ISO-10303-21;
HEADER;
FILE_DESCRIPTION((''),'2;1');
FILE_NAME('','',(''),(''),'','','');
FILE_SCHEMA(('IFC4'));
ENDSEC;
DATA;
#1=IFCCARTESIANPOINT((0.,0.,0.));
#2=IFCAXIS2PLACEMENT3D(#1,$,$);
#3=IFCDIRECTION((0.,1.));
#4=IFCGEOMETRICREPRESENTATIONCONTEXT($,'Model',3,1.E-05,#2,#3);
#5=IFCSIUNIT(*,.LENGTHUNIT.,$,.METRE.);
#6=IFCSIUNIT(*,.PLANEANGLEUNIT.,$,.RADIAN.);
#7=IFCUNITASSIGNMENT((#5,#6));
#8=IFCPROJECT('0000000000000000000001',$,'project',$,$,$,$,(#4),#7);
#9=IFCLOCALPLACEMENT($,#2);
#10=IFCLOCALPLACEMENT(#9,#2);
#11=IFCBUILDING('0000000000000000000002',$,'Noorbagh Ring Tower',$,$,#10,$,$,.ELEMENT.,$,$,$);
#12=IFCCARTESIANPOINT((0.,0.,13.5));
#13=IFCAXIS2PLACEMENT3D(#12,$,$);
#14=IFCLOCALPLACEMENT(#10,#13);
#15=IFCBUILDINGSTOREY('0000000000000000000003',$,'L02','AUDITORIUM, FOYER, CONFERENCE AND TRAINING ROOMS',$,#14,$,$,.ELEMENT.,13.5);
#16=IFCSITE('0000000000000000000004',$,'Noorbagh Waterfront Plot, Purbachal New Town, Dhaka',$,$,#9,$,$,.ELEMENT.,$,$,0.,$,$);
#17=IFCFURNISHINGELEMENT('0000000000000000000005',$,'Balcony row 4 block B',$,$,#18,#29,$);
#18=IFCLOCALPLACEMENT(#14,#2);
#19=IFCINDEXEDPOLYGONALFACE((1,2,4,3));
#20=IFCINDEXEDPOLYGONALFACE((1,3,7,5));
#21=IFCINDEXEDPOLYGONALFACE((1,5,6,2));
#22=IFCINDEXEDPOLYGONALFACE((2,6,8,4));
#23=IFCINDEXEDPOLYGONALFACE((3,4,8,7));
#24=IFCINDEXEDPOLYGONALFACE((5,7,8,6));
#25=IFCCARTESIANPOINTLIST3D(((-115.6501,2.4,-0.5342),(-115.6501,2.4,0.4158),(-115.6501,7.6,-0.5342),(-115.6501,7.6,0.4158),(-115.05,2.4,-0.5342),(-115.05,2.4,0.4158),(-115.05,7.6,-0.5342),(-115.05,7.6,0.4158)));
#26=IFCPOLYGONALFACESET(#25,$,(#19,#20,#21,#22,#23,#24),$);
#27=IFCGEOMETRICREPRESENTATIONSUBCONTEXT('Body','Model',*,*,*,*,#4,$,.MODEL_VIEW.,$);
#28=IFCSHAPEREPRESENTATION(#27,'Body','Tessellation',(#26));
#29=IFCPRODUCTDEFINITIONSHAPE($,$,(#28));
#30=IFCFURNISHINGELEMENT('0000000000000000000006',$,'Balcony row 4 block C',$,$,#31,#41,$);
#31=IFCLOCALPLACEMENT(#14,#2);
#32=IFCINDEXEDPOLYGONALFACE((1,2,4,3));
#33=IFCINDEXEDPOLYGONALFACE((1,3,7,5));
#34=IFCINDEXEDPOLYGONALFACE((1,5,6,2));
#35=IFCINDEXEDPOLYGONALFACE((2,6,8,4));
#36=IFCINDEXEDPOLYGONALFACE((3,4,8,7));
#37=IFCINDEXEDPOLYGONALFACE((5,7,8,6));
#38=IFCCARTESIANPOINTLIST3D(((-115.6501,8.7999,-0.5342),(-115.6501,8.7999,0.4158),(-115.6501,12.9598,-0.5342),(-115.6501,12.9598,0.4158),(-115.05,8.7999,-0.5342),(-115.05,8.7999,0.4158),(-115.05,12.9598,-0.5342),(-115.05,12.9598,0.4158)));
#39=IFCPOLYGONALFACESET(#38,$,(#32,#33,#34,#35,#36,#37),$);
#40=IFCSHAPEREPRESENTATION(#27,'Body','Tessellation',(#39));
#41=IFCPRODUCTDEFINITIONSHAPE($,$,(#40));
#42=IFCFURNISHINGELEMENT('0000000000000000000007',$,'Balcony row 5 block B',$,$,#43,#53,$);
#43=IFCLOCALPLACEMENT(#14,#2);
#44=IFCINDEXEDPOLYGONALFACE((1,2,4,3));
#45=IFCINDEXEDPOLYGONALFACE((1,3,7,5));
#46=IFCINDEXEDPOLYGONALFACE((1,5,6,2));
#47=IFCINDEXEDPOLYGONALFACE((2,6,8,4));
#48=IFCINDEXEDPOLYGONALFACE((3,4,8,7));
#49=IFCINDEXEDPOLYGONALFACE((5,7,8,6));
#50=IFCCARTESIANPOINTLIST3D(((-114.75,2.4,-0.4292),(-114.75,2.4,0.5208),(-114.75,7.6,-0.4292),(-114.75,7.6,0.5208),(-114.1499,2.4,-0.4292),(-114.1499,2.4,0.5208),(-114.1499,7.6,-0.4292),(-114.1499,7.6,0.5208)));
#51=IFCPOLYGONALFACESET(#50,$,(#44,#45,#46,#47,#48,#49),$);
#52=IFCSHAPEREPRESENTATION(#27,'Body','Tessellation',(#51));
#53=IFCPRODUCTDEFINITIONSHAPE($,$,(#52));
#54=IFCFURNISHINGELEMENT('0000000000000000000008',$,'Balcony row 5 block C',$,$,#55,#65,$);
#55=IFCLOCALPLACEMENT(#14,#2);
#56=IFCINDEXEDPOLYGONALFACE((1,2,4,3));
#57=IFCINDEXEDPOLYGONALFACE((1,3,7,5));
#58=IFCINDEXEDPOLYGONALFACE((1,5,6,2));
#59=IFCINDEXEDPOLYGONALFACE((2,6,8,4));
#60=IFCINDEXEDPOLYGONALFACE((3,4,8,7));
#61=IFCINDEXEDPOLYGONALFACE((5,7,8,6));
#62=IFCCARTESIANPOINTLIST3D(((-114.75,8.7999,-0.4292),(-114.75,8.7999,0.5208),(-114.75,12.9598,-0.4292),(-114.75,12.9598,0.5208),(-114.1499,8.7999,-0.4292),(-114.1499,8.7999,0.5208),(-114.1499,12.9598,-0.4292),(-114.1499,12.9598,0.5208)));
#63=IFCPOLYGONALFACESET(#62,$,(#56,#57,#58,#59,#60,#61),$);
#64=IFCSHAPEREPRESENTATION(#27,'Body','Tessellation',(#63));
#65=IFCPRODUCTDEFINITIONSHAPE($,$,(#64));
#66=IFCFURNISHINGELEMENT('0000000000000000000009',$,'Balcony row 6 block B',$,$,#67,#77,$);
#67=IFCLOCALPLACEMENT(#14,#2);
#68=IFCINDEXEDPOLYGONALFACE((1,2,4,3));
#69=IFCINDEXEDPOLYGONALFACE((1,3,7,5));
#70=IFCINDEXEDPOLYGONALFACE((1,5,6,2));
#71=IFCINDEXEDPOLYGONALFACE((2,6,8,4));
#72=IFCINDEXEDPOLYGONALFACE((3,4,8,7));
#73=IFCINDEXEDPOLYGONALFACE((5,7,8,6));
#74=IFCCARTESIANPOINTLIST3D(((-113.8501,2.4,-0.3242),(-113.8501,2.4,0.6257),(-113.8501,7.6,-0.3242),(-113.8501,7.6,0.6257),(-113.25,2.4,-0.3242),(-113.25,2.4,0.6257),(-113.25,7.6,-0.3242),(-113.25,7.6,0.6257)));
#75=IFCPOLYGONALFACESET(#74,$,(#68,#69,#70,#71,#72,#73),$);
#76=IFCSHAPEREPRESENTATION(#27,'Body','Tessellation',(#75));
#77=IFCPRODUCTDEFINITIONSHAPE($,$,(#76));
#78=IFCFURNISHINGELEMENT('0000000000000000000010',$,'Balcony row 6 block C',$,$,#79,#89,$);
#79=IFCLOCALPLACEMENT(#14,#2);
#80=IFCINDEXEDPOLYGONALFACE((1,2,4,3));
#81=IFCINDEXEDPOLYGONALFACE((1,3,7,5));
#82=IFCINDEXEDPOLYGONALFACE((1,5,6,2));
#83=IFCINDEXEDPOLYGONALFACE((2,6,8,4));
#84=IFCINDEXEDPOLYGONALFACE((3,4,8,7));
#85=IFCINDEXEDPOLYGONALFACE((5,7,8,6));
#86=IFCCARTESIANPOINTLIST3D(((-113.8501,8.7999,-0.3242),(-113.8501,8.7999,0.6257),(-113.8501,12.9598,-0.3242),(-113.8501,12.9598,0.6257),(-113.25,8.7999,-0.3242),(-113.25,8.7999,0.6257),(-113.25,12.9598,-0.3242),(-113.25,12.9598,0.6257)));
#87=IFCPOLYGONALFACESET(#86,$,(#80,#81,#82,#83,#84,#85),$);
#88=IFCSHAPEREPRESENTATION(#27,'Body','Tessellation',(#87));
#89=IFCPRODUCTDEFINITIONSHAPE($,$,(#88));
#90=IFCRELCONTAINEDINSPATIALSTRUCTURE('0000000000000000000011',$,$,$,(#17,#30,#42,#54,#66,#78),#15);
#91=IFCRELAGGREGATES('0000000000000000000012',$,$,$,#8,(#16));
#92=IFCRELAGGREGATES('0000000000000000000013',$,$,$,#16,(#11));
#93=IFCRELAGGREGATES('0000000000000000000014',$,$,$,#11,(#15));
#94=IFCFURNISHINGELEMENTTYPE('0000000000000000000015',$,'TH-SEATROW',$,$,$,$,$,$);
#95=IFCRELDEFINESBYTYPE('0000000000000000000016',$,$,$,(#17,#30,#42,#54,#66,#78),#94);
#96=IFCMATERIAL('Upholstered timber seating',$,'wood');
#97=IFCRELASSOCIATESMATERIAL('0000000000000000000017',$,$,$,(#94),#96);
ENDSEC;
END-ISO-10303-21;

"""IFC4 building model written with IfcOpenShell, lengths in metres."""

from ifc_helpers import new_model, si_unit, direction, frame, origin, origin_2d, place, context, subcontext, project, spatial, rectangle, extrude, material, type_object, element, save


model = new_model("IFC4")

# Units and contexts
model_context = context("Model", 3, precision=1e-05, world=origin(), true_north=direction((0.0, 1.0)))
body_context = subcontext(model_context, "Body", "Model", "MODEL_VIEW")
ifc_project = project(units=[si_unit("LENGTHUNIT", "METRE"), si_unit("PLANEANGLEUNIT", "RADIAN")], contexts=[model_context])

# Site, building, storey
site_placement = place(None, origin())
site = spatial("IfcSite", under=ifc_project, at=site_placement, Name="Noorbagh Waterfront Plot, Purbachal New Town, Dhaka", CompositionType="ELEMENT", RefElevation=0.0)
building_placement = place(site_placement, origin())
building = spatial("IfcBuilding", under=site, at=building_placement, Name="Noorbagh Ring Tower", CompositionType="ELEMENT")
storey_placement = place(building_placement, frame((0.0, 0.0, 13.5)))
storey = spatial("IfcBuildingStorey", under=building, at=storey_placement, Name="L02", Description="AUDITORIUM, FOYER, CONFERENCE AND TRAINING ROOMS", CompositionType="ELEMENT", Elevation=13.5)

# Furnishing elements
ifc_material_1 = material(Name="Upholstered timber seating", Category="wood")
furnishing_element_type = type_object("IfcFurnishingElementType", Name="TH-SEATROW", material=ifc_material_1)
furnishing_1_placement = place(storey_placement, frame((-115.3501, 5.0, -0.5342), z_axis=(0.0, 0.0, 1.0), x_axis=(1.0, 0.0, 0.0)))
element("IfcFurnishingElement", 1, at=furnishing_1_placement, inside=storey, type_object=furnishing_element_type, Name="Balcony row 4 block B", context=body_context, shape_type="SweptSolid", body=[
    extrude(rectangle(XDim=0.6001, YDim=5.2, at=origin_2d()), origin(), (0.0, 0.0, 1.0), 0.95),
])
furnishing_2_placement = place(storey_placement, frame((-115.3501, 10.8799, -0.5342), z_axis=(0.0, 0.0, 1.0), x_axis=(1.0, 0.0, 0.0)))
element("IfcFurnishingElement", 2, at=furnishing_2_placement, inside=storey, type_object=furnishing_element_type, Name="Balcony row 4 block C", context=body_context, shape_type="SweptSolid", body=[
    extrude(rectangle(XDim=0.6001, YDim=4.1599, at=origin_2d()), origin(), (0.0, 0.0, 1.0), 0.95),
])
furnishing_3_placement = place(storey_placement, frame((-114.45, 5.0, -0.4292), z_axis=(0.0, 0.0, 1.0), x_axis=(1.0, 0.0, 0.0)))
element("IfcFurnishingElement", 3, at=furnishing_3_placement, inside=storey, type_object=furnishing_element_type, Name="Balcony row 5 block B", context=body_context, shape_type="SweptSolid", body=[
    extrude(rectangle(XDim=0.6001, YDim=5.2, at=origin_2d()), origin(), (0.0, 0.0, 1.0), 0.95),
])
furnishing_4_placement = place(storey_placement, frame((-114.45, 10.8799, -0.4292), z_axis=(0.0, 0.0, 1.0), x_axis=(1.0, 0.0, 0.0)))
element("IfcFurnishingElement", 4, at=furnishing_4_placement, inside=storey, type_object=furnishing_element_type, Name="Balcony row 5 block C", context=body_context, shape_type="SweptSolid", body=[
    extrude(rectangle(XDim=0.6001, YDim=4.1599, at=origin_2d()), origin(), (0.0, 0.0, 1.0), 0.95),
])
furnishing_5_placement = place(storey_placement, frame((-113.55, 5.0, -0.3242), z_axis=(0.0, 0.0, 1.0), x_axis=(1.0, 0.0, 0.0)))
element("IfcFurnishingElement", 5, at=furnishing_5_placement, inside=storey, type_object=furnishing_element_type, Name="Balcony row 6 block B", context=body_context, shape_type="SweptSolid", body=[
    extrude(rectangle(XDim=0.6001, YDim=5.2, at=origin_2d()), origin(), (0.0, 0.0, 1.0), 0.95),
])
furnishing_6_placement = place(storey_placement, frame((-113.55, 10.8799, -0.3242), z_axis=(0.0, 0.0, 1.0), x_axis=(1.0, 0.0, 0.0)))
element("IfcFurnishingElement", 6, at=furnishing_6_placement, inside=storey, type_object=furnishing_element_type, Name="Balcony row 6 block C", context=body_context, shape_type="SweptSolid", body=[
    extrude(rectangle(XDim=0.6001, YDim=4.1599, at=origin_2d()), origin(), (0.0, 0.0, 1.0), 0.95),
])

save(model, "model.ifc")
